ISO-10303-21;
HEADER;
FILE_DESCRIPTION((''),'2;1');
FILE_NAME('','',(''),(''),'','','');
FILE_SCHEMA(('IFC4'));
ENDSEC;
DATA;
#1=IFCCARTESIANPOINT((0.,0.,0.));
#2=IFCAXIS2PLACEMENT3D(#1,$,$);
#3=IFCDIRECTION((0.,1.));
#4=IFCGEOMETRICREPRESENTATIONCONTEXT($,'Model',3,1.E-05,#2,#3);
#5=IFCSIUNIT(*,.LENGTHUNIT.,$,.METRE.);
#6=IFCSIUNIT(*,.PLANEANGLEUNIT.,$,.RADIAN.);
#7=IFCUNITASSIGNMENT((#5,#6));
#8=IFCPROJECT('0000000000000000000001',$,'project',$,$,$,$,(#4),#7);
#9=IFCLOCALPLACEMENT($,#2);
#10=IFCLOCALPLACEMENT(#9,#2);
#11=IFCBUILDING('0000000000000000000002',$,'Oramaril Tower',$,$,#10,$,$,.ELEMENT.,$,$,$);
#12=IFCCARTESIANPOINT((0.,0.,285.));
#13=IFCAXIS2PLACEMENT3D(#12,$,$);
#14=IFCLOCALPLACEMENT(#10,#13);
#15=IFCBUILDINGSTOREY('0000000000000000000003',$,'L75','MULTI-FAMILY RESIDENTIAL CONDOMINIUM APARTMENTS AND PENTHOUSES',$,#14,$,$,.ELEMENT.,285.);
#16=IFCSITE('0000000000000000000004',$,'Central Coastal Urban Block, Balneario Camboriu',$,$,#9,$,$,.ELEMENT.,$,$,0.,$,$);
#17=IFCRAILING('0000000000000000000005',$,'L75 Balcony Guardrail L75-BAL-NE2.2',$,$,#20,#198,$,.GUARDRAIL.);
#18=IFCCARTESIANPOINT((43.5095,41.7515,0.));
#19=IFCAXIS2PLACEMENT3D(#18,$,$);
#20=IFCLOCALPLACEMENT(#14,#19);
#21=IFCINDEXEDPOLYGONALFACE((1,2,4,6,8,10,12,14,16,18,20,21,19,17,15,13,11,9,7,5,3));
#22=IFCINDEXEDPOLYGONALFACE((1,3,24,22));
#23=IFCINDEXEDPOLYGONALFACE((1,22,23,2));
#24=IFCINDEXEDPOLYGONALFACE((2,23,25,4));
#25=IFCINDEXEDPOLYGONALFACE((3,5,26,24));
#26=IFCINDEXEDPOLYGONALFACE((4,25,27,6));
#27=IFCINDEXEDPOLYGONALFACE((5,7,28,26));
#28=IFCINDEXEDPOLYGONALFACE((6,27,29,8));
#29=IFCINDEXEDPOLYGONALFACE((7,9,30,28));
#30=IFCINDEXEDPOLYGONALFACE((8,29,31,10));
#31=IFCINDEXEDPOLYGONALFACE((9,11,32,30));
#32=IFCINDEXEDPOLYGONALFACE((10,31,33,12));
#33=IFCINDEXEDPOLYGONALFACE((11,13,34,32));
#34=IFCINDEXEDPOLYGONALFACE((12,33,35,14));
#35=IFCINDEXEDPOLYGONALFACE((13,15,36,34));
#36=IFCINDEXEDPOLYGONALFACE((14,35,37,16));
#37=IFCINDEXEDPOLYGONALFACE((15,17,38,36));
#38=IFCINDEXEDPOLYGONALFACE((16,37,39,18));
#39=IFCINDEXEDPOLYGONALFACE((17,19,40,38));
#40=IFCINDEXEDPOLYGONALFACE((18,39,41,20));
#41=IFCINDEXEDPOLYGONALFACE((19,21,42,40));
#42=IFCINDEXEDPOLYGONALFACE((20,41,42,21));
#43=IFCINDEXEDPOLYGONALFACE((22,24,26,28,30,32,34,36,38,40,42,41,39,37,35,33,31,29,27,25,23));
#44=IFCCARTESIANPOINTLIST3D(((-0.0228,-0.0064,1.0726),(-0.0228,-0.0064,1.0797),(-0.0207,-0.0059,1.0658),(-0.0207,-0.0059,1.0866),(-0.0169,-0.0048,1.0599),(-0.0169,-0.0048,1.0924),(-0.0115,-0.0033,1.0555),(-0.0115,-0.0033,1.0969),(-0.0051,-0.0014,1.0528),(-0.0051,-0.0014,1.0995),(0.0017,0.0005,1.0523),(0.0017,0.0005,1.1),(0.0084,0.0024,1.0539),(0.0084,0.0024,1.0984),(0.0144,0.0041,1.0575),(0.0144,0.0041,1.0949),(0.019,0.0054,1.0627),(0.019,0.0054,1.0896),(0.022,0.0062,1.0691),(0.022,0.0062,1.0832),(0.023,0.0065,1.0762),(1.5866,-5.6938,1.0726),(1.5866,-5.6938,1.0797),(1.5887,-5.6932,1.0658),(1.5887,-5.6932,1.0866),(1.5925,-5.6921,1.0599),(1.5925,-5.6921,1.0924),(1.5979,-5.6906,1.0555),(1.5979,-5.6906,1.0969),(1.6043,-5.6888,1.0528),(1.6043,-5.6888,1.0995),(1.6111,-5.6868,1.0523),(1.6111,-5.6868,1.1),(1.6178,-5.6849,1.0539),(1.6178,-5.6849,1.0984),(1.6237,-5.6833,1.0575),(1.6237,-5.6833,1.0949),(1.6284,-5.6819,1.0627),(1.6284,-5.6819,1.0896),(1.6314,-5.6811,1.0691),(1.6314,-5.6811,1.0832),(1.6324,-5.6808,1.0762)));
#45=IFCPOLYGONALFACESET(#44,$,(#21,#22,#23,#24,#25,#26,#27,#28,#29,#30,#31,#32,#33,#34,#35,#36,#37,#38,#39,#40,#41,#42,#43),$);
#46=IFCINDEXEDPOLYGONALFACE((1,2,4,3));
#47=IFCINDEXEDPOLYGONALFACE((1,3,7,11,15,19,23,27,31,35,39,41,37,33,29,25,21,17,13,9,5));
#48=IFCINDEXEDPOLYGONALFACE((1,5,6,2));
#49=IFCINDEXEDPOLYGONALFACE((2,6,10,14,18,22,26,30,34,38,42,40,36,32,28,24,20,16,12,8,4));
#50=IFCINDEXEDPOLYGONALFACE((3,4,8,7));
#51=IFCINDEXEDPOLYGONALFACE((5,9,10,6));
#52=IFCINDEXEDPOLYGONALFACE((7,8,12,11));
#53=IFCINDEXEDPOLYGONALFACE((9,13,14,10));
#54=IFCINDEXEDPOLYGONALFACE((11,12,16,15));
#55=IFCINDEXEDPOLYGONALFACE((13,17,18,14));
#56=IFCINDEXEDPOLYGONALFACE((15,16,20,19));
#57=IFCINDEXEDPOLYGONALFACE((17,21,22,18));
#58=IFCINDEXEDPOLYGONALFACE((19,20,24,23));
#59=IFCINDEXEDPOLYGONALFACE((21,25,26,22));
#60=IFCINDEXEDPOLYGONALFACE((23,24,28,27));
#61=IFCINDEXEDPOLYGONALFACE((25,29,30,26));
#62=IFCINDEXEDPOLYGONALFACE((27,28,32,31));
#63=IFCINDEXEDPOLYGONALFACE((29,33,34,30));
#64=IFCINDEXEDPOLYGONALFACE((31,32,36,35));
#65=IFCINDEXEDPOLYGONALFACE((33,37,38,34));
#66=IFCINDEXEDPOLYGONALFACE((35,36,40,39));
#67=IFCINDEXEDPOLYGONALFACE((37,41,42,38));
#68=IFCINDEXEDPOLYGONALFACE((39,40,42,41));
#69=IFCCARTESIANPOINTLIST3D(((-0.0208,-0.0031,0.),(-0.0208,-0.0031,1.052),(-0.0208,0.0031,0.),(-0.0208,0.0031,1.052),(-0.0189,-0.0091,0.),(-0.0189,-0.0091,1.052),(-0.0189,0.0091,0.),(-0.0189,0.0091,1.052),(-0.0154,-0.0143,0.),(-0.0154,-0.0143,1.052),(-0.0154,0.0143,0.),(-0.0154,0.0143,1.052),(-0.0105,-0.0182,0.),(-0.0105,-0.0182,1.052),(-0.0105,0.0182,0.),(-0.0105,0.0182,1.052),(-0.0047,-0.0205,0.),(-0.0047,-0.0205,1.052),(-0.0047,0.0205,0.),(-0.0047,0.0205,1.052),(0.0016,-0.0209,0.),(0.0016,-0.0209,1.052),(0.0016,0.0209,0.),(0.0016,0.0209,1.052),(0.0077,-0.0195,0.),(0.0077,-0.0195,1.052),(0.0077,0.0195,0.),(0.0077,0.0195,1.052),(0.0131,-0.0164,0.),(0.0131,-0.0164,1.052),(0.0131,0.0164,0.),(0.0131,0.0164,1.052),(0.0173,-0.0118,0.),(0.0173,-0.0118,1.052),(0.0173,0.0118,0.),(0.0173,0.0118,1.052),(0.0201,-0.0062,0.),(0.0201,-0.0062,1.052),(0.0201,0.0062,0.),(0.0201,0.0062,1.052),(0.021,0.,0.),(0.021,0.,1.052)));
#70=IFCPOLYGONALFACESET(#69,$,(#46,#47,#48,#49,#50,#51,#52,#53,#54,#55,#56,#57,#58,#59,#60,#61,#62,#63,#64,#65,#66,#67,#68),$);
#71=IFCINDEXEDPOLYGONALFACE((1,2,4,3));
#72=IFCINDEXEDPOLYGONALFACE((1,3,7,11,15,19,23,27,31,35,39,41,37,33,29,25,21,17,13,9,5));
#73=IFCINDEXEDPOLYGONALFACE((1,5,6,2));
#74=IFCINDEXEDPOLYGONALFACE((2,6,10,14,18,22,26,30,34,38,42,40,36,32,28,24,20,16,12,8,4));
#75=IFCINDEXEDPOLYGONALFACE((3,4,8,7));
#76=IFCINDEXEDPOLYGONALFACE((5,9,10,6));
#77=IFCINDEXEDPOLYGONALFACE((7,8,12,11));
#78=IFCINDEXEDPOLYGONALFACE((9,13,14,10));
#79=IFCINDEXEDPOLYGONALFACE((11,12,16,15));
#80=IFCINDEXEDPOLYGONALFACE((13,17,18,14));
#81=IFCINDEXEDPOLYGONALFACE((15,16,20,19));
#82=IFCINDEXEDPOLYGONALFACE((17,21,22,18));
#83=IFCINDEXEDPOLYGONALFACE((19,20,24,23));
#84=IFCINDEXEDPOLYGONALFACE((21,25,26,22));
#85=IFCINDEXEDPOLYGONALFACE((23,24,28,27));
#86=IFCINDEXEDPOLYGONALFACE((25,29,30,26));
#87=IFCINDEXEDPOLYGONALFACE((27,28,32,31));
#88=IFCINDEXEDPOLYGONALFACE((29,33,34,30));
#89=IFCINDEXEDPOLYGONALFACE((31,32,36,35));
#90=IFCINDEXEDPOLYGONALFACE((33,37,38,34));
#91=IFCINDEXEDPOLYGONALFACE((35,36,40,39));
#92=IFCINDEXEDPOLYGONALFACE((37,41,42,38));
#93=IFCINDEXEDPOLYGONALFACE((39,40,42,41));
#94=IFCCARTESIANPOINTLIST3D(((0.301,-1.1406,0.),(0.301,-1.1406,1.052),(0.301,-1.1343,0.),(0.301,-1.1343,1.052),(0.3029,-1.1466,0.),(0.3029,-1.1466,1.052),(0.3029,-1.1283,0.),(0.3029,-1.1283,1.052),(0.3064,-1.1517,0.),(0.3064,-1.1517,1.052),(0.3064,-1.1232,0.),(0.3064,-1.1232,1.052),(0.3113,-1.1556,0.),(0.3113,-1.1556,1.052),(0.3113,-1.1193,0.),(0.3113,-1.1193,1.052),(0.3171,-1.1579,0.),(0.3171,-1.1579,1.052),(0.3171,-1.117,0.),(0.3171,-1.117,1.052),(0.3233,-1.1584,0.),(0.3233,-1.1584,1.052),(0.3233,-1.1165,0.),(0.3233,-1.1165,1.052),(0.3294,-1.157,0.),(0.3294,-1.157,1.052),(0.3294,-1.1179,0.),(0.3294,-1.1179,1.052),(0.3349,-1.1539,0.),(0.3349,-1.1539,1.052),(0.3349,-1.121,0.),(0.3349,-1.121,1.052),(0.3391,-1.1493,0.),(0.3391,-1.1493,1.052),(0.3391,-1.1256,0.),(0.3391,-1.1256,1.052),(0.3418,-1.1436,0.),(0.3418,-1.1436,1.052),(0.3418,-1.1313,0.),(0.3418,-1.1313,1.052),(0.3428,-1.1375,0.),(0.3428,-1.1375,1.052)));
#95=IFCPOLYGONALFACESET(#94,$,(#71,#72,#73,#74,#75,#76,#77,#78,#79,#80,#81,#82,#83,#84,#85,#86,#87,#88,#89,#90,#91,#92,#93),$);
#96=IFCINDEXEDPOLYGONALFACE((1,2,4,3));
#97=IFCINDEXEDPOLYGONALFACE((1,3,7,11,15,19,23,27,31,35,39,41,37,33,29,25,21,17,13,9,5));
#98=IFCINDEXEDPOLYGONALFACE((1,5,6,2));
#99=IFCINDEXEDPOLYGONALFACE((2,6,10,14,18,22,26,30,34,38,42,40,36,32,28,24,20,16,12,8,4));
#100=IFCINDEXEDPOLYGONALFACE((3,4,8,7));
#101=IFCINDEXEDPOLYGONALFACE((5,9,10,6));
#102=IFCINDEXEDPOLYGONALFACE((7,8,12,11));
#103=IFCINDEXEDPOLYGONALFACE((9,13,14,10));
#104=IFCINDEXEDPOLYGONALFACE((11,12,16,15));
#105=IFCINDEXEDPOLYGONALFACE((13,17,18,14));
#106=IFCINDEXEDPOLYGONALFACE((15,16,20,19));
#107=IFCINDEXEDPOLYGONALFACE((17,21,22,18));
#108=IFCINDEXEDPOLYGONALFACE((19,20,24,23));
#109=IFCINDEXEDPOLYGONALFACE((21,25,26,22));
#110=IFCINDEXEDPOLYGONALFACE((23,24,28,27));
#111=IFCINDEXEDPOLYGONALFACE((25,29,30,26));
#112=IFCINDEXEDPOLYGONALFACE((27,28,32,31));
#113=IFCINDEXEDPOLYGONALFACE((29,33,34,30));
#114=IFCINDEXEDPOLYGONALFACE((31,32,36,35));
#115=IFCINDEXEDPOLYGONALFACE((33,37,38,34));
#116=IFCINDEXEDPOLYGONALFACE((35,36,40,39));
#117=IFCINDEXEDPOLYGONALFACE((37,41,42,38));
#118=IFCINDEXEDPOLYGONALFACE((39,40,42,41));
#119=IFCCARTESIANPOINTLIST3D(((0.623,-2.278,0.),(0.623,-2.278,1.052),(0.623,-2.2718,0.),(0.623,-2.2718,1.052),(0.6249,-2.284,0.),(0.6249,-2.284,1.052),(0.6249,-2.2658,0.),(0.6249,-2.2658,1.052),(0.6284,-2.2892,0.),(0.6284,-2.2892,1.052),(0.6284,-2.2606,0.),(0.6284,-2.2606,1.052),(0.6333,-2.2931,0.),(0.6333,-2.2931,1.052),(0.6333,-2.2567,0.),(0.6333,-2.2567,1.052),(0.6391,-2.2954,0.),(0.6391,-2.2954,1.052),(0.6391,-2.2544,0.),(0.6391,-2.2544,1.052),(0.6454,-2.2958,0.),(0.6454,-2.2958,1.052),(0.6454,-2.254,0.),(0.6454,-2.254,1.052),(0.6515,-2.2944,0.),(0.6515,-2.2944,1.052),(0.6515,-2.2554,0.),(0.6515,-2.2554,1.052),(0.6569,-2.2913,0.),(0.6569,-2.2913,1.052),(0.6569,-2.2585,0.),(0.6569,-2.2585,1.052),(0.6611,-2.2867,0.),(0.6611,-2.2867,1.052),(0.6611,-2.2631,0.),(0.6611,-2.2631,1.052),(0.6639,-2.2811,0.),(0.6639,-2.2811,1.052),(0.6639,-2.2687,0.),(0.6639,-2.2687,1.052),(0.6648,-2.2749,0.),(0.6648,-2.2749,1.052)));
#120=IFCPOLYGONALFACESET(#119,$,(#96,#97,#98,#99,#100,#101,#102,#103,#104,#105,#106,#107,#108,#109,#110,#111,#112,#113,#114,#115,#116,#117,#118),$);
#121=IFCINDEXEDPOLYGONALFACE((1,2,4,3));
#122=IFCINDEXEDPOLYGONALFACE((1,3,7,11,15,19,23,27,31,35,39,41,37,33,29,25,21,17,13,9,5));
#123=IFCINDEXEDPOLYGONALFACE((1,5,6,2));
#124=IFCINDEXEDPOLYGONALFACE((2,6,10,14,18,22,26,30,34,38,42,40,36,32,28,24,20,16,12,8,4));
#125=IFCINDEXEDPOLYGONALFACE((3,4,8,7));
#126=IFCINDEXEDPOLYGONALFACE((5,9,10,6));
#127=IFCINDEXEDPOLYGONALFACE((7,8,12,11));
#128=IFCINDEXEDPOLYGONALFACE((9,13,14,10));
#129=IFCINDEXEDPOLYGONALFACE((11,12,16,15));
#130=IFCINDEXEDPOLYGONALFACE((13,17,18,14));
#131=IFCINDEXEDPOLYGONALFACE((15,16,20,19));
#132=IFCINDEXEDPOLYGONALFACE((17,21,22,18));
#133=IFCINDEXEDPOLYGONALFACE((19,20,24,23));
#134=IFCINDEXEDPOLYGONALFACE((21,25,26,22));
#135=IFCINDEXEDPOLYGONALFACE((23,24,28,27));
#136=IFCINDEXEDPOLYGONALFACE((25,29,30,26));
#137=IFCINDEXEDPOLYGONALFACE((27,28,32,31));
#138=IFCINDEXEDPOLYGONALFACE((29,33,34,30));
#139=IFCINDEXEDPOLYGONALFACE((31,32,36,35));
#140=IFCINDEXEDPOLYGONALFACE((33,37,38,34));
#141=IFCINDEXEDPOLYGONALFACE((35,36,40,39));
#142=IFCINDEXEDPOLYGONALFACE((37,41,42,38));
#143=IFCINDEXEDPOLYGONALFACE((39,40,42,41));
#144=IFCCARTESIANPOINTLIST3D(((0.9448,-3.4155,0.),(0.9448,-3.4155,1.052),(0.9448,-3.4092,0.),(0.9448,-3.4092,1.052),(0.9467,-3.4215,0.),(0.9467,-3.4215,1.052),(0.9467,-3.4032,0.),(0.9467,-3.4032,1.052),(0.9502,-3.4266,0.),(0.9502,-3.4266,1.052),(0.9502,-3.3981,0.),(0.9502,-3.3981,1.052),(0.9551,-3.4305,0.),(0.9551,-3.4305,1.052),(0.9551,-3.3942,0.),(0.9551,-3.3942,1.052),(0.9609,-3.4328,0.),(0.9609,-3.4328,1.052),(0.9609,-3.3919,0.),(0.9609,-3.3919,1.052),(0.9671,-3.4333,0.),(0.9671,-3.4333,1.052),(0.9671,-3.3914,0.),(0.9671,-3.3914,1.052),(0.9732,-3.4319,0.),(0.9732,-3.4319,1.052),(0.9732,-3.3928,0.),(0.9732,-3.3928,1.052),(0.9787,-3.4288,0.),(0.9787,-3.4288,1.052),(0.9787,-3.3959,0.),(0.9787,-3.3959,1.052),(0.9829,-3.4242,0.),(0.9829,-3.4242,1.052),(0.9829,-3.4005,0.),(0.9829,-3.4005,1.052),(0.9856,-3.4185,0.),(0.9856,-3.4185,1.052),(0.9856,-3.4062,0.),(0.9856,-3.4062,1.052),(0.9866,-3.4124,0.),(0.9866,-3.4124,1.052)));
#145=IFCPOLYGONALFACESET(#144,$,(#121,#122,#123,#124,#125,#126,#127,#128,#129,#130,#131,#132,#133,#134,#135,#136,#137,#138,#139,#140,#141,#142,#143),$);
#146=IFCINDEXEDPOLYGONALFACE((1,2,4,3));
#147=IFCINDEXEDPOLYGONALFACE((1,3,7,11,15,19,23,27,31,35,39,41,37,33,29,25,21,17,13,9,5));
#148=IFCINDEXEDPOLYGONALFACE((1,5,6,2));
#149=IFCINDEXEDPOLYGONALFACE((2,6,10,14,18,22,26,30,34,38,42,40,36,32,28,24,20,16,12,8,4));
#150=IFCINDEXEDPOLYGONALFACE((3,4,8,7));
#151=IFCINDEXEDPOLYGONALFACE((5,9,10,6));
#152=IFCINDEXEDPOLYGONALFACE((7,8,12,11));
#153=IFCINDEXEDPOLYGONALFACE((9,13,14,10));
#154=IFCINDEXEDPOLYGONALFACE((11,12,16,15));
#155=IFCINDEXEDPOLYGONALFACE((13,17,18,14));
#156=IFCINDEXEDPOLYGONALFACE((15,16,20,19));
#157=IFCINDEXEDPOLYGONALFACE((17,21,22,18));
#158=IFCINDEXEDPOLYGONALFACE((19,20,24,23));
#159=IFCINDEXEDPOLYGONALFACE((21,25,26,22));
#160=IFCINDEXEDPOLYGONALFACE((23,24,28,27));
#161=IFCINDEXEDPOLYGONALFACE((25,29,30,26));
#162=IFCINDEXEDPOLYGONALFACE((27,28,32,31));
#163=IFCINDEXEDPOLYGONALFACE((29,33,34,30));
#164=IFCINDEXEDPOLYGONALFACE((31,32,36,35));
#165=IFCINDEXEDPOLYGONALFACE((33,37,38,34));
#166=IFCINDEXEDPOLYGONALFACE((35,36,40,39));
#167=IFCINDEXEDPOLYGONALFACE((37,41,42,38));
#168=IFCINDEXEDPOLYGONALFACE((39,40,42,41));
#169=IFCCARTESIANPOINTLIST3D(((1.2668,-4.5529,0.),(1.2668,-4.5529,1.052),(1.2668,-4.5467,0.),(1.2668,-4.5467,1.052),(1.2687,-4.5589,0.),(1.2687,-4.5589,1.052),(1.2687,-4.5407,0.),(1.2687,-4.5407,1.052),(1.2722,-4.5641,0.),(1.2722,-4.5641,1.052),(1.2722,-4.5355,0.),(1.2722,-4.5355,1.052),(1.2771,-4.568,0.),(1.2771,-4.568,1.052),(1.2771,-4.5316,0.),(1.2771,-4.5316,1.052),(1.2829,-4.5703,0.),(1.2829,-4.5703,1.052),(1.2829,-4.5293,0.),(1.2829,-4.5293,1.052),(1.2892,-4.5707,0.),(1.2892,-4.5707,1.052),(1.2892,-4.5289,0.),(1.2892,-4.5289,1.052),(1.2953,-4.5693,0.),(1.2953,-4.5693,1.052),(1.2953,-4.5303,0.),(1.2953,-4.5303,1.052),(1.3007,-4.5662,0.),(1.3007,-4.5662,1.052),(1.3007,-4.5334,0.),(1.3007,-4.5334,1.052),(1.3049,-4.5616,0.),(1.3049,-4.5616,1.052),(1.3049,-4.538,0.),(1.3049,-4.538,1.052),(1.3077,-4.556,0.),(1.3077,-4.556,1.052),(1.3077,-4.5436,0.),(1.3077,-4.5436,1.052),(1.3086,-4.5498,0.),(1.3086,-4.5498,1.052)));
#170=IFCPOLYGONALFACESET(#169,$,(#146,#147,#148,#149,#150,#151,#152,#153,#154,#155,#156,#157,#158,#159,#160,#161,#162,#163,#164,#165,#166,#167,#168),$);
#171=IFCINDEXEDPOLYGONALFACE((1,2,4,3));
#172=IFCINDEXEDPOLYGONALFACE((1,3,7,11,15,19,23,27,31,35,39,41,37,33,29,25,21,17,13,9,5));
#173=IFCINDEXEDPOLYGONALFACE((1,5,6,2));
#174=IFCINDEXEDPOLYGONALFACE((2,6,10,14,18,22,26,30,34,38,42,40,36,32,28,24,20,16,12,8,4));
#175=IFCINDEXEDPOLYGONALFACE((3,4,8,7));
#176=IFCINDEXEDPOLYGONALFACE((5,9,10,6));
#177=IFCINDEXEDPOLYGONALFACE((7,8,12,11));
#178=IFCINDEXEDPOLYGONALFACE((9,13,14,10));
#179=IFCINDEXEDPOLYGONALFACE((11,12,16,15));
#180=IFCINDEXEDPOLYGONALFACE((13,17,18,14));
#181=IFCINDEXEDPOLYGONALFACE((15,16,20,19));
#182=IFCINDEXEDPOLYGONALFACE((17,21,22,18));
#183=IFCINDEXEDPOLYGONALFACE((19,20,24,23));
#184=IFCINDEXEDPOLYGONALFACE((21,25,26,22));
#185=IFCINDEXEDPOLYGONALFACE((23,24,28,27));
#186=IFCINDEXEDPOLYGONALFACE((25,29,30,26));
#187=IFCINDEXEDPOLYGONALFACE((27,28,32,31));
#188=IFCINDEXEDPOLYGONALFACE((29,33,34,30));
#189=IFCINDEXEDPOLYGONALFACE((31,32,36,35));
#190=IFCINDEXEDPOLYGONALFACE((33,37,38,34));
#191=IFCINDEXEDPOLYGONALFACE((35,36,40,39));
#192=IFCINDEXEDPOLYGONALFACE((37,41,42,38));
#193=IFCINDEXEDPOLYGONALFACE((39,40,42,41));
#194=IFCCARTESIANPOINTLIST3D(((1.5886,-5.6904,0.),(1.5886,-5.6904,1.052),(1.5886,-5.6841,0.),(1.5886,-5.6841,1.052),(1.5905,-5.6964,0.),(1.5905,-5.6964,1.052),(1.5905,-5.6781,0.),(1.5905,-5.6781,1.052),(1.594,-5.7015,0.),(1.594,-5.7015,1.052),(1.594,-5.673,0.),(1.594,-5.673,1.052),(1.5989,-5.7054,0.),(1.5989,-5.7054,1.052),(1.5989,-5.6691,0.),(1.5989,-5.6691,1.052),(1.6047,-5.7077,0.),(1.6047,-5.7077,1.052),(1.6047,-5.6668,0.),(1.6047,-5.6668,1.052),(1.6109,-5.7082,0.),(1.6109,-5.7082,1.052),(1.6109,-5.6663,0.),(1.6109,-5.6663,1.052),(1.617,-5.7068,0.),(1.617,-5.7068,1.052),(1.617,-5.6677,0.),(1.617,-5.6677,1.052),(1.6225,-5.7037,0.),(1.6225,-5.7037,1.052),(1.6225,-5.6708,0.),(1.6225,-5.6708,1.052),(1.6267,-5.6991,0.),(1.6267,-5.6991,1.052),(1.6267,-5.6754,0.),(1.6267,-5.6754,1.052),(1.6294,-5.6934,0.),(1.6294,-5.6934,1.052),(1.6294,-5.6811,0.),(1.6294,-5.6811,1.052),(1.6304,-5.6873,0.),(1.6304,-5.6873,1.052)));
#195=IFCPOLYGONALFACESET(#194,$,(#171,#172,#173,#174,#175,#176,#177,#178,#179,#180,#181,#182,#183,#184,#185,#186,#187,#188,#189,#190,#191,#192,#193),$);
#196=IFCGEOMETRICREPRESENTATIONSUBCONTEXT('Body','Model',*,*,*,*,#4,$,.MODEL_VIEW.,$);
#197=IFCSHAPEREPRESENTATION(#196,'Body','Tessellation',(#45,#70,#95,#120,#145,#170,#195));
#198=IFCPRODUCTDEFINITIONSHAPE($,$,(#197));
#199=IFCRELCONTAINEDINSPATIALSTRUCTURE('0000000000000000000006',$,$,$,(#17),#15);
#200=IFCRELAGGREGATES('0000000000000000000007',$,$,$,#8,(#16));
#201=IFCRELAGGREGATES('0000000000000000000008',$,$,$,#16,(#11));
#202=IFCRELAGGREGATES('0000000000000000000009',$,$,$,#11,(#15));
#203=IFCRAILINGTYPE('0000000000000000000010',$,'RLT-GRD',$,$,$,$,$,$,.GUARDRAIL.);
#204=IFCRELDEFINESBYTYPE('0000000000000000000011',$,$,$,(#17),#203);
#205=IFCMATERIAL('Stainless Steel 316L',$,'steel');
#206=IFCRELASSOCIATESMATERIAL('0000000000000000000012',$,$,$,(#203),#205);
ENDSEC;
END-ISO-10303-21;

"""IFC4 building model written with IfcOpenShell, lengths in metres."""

from ifc_helpers import new_model, si_unit, direction, frame, origin, origin_2d, place, context, subcontext, project, spatial, circle, extrude, material, type_object, element, save


model = new_model("IFC4")

# Units and contexts
model_context = context("Model", 3, precision=1e-05, world=origin(), true_north=direction((0.0, 1.0)))
body_context = subcontext(model_context, "Body", "Model", "MODEL_VIEW")
ifc_project = project(units=[si_unit("LENGTHUNIT", "METRE"), si_unit("PLANEANGLEUNIT", "RADIAN")], contexts=[model_context])

# Site, building, storey
site_placement = place(None, origin())
site = spatial("IfcSite", under=ifc_project, at=site_placement, Name="Central Coastal Urban Block, Balneario Camboriu", CompositionType="ELEMENT", RefElevation=0.0)
building_placement = place(site_placement, origin())
building = spatial("IfcBuilding", under=site, at=building_placement, Name="Oramaril Tower", CompositionType="ELEMENT")
storey_placement = place(building_placement, frame((0.0, 0.0, 285.0)))
storey = spatial("IfcBuildingStorey", under=building, at=storey_placement, Name="L75", Description="MULTI-FAMILY RESIDENTIAL CONDOMINIUM APARTMENTS AND PENTHOUSES", CompositionType="ELEMENT", Elevation=285.0)

# Railing
ifc_material_1 = material(Name="Stainless Steel 316L", Category="steel")
railing_type = type_object("IfcRailingType", Name="RLT-GRD", PredefinedType="GUARDRAIL", material=ifc_material_1)
railing_1_placement = place(storey_placement, frame((43.5095, 41.7515, 0.0)))
element("IfcRailing", 1, at=railing_1_placement, inside=storey, type_object=railing_type, Name="L75 Balcony Guardrail L75-BAL-NE2.2", PredefinedType="GUARDRAIL", context=body_context, shape_type="SweptSolid", body=[
    extrude(circle(Radius=0.0239, at=origin_2d()), frame((0.0, 0.0, 1.0762), z_axis=(0.272287, -0.962216, 0.0), x_axis=(0.962216, 0.272287, 0.0)), (0.0, 0.0, 1.0), 5.9106),
    extrude(circle(Radius=0.021, at=origin_2d()), origin(), (0.0, 0.0, 1.0), 1.052),
    extrude(circle(Radius=0.021, at=origin_2d()), frame((0.3218, -1.1375, 0.0)), (0.0, 0.0, 1.0), 1.052),
    extrude(circle(Radius=0.021, at=origin_2d()), frame((0.6438, -2.2749, 0.0)), (0.0, 0.0, 1.0), 1.052),
    extrude(circle(Radius=0.021, at=origin_2d()), frame((0.9656, -3.4124, 0.0)), (0.0, 0.0, 1.0), 1.052),
    extrude(circle(Radius=0.021, at=origin_2d()), frame((1.2876, -4.5498, 0.0)), (0.0, 0.0, 1.0), 1.052),
    extrude(circle(Radius=0.021, at=origin_2d()), frame((1.6094, -5.6873, 0.0)), (0.0, 0.0, 1.0), 1.052),
])

save(model, "model.ifc")
